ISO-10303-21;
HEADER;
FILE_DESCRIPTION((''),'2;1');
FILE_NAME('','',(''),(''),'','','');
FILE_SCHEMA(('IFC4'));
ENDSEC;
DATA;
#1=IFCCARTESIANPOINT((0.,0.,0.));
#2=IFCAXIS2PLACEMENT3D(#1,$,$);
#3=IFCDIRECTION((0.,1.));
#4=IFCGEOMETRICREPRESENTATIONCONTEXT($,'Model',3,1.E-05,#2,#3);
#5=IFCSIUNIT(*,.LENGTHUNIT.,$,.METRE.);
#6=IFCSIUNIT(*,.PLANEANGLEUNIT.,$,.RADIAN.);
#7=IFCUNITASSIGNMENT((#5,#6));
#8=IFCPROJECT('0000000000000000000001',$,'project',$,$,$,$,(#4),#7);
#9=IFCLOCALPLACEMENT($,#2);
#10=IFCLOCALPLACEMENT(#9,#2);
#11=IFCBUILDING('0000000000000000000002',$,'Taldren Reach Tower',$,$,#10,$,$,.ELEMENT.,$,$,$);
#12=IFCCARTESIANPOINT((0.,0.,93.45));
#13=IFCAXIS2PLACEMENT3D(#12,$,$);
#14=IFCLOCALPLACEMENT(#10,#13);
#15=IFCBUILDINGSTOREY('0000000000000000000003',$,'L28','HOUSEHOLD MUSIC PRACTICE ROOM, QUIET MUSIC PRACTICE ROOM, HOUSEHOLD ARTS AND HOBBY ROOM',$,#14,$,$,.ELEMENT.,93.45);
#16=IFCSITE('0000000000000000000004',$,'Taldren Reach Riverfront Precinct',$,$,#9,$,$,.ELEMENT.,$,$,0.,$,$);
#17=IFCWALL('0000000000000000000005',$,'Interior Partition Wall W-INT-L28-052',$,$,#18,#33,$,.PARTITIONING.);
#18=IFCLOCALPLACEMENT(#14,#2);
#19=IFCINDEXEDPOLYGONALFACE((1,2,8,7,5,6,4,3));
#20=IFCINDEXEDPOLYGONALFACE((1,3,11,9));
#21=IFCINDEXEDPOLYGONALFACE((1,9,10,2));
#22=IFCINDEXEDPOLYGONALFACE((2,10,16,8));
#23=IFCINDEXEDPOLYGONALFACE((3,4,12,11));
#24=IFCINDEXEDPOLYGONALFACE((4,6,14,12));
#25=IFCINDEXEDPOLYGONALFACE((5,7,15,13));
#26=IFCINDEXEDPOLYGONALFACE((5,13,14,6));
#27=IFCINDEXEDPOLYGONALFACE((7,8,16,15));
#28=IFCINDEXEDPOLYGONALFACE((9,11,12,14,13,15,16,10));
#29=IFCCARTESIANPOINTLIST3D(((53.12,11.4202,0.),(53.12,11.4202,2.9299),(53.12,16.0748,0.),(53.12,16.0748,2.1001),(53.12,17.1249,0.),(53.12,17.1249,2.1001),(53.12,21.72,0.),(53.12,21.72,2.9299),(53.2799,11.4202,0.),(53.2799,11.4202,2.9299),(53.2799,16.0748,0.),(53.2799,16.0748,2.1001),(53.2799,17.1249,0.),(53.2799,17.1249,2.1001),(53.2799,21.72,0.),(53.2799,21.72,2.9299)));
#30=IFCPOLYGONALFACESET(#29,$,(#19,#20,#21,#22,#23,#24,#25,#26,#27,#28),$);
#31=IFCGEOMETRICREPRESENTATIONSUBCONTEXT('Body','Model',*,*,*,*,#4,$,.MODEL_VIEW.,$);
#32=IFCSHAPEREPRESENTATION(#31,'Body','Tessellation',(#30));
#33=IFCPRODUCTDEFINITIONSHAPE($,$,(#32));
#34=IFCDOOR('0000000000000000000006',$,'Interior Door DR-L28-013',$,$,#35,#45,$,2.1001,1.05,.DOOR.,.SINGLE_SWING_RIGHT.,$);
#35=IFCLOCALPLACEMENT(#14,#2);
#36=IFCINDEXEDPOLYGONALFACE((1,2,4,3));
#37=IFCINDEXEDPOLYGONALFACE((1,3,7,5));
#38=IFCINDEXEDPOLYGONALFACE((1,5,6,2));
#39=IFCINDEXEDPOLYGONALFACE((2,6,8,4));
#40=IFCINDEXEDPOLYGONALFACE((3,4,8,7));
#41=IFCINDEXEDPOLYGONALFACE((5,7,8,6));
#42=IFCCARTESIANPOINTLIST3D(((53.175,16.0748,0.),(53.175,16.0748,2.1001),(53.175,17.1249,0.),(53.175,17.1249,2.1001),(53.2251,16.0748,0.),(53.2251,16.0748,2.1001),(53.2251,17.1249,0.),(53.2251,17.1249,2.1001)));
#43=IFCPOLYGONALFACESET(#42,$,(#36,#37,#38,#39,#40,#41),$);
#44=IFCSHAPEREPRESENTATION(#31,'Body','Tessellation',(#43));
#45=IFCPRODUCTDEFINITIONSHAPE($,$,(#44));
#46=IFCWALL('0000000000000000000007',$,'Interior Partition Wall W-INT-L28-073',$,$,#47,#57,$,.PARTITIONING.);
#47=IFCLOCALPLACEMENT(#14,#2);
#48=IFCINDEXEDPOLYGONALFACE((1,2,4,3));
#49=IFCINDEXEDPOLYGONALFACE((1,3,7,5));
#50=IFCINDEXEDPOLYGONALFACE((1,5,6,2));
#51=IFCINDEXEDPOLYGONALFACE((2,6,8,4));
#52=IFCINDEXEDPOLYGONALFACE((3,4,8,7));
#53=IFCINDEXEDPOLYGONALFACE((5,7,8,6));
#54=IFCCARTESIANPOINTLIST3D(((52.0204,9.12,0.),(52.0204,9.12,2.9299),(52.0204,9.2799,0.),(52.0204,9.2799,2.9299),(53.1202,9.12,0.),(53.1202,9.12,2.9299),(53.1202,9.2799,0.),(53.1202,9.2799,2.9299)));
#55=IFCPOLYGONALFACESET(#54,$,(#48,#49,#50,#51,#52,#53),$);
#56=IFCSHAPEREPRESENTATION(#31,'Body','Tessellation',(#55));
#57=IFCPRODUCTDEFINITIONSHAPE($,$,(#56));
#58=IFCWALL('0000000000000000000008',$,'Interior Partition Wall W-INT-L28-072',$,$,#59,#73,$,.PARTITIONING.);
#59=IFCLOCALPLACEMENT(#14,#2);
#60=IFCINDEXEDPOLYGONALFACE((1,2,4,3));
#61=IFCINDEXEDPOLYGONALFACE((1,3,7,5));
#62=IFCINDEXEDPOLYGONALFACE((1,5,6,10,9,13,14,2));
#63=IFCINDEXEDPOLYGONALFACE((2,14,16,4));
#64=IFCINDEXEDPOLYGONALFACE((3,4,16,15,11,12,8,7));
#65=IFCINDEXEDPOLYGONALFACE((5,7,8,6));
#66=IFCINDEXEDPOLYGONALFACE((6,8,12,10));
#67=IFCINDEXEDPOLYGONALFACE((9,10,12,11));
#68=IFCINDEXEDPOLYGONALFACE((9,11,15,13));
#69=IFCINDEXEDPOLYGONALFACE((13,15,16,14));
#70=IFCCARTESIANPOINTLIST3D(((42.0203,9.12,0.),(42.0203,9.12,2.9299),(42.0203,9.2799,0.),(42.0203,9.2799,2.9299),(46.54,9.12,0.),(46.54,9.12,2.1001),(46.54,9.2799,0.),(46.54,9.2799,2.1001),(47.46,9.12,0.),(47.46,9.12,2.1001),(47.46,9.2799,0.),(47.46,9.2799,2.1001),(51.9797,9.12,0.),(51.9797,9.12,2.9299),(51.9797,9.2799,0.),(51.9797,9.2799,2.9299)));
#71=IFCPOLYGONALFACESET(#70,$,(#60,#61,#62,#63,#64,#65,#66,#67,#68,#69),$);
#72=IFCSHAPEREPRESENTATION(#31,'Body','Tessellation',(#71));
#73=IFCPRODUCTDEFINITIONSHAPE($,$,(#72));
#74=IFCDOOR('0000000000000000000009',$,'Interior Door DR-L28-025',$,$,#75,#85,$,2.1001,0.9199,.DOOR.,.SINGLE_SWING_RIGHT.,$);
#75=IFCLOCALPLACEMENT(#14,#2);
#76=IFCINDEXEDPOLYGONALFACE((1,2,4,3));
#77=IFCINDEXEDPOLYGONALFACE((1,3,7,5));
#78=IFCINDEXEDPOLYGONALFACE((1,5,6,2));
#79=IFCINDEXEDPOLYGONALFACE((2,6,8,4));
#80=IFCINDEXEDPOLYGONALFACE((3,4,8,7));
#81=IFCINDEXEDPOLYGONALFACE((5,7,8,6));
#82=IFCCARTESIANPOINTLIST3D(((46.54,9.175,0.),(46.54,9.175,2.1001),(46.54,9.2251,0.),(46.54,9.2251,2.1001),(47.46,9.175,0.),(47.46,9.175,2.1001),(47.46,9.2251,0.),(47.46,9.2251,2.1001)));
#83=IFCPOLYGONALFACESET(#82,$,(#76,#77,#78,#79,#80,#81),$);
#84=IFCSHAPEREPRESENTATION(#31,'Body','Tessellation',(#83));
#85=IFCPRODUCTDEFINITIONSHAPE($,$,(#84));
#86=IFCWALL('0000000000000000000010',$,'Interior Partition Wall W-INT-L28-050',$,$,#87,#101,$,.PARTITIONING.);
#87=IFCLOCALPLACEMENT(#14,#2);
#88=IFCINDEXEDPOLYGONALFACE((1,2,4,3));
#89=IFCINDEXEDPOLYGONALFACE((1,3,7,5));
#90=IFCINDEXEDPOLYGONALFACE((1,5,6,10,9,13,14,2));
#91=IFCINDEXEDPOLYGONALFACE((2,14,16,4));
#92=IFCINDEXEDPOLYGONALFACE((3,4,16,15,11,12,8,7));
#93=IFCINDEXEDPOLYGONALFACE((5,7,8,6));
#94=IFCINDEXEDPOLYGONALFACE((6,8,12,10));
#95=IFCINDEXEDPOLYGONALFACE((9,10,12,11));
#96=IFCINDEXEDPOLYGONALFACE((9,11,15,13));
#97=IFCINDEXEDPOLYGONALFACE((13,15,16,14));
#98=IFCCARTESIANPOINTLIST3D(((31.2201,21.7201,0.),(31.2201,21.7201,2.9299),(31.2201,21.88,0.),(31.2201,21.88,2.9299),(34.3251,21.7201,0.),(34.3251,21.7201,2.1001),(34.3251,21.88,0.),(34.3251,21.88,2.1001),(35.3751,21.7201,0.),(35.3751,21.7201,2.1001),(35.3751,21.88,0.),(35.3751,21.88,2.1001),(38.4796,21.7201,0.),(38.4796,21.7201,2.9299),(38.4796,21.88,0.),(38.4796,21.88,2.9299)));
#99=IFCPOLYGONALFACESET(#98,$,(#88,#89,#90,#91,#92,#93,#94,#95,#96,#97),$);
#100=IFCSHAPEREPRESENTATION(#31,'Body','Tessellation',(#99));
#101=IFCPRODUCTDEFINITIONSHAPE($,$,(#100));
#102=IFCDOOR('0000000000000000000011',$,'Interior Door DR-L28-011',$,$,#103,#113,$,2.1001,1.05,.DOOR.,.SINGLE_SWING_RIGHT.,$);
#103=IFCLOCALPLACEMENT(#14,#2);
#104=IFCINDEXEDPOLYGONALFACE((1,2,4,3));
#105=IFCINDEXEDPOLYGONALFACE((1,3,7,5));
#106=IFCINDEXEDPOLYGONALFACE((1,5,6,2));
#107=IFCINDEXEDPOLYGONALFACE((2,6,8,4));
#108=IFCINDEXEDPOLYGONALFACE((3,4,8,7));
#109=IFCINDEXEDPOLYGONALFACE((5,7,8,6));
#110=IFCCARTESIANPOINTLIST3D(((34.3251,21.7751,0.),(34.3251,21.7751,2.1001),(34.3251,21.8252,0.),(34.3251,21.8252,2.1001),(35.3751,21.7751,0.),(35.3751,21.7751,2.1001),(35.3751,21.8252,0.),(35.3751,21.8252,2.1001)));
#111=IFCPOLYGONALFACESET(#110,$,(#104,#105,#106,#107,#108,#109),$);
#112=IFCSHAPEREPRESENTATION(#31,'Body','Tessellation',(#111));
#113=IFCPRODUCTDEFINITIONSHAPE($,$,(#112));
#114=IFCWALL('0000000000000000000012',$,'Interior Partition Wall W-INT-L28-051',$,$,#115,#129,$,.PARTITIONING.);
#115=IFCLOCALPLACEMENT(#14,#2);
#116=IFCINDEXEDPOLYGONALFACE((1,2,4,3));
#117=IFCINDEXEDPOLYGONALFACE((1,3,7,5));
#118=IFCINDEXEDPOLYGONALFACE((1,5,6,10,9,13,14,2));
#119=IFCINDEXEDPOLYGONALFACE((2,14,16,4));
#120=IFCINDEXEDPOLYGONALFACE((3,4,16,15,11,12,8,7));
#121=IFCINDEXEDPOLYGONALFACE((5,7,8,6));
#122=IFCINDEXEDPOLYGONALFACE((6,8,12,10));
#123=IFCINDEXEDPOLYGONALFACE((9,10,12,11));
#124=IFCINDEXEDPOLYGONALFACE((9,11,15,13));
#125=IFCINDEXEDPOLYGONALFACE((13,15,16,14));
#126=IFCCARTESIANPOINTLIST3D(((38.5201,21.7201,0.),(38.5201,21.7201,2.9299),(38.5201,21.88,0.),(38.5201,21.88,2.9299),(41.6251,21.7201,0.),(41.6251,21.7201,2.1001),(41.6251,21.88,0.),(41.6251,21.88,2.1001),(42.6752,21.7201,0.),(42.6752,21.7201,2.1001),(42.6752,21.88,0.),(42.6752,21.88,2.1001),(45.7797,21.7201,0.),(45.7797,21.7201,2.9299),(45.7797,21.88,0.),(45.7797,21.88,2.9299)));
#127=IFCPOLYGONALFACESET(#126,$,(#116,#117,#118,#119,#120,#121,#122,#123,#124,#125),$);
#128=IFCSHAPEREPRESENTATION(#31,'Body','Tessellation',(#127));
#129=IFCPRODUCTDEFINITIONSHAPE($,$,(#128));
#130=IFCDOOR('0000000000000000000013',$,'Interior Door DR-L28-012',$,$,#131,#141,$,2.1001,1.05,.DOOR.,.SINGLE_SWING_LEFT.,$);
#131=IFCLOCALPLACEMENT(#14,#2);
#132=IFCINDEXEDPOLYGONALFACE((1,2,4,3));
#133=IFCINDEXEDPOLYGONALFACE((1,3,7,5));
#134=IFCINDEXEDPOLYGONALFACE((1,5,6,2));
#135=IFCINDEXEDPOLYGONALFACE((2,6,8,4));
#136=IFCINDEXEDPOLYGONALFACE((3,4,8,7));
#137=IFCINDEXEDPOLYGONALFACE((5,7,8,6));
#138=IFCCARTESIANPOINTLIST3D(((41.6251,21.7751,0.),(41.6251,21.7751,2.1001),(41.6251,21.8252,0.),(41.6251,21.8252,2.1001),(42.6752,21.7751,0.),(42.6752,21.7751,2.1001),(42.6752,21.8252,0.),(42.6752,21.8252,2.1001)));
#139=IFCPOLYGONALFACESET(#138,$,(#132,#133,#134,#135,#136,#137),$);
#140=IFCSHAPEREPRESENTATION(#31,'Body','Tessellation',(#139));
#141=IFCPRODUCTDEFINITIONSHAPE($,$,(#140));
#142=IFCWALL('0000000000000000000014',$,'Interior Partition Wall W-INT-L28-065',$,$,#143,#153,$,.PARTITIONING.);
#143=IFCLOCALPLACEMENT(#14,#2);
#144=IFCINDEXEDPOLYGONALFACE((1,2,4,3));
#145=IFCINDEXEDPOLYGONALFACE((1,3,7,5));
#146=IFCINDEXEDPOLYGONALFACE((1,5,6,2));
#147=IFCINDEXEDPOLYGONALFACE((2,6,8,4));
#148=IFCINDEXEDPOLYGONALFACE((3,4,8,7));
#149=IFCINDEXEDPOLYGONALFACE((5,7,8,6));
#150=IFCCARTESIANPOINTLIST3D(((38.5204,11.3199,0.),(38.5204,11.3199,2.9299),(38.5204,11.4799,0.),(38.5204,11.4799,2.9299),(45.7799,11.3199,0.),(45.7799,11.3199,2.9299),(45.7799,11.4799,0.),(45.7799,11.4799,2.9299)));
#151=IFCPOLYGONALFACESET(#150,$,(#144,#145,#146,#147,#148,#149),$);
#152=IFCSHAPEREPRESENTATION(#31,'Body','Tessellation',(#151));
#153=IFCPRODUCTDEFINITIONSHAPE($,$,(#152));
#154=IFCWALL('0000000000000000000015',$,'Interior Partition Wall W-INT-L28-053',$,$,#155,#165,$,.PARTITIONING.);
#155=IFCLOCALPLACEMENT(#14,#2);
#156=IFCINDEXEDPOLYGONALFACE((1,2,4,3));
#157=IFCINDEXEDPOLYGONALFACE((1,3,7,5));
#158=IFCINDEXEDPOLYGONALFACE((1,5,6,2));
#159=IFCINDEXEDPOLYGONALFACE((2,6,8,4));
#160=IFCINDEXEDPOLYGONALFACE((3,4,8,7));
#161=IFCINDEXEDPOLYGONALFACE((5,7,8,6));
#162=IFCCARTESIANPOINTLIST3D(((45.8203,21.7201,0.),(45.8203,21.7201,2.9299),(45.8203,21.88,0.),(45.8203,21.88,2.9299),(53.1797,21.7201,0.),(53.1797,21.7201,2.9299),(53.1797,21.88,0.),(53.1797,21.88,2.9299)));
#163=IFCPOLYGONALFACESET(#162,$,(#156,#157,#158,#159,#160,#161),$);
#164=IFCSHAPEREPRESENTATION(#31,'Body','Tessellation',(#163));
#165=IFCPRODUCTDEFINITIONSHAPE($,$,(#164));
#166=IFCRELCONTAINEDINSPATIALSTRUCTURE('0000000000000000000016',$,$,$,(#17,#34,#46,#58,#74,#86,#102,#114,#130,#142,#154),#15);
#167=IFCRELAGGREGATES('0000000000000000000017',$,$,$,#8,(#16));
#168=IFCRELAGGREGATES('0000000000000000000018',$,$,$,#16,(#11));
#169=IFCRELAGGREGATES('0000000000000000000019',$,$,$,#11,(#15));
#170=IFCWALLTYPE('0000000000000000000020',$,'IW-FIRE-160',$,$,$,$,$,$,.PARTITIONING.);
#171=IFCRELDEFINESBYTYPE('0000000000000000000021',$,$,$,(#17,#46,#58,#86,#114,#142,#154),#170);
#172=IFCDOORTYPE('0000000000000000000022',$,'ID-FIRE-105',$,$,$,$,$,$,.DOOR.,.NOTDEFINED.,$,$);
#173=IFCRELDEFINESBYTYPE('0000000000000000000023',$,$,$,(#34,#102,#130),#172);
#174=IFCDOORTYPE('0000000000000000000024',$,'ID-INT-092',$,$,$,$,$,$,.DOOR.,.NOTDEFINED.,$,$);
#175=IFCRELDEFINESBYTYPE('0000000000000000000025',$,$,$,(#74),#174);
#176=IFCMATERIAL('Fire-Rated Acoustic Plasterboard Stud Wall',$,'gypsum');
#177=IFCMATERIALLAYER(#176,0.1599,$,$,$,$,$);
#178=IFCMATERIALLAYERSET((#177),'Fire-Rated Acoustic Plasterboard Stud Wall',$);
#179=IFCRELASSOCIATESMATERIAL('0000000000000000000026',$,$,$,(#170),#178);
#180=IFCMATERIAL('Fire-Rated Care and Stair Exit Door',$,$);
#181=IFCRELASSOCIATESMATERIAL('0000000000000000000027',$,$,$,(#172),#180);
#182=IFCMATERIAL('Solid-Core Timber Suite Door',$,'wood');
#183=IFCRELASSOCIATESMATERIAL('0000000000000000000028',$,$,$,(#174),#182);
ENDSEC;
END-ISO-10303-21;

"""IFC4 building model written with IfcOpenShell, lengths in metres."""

from ifc_helpers import new_model, si_unit, direction, frame, frame_2d, origin, place, context, subcontext, project, spatial, rectangle, extrude, source, transform, mapped, material, layer, layer_set, type_object, element, fill, save


model = new_model("IFC4")

# Units and contexts
model_context = context("Model", 3, precision=1e-05, world=origin(), true_north=direction((0.0, 1.0)))
body_context = subcontext(model_context, "Body", "Model", "MODEL_VIEW")
ifc_project = project(units=[si_unit("LENGTHUNIT", "METRE"), si_unit("PLANEANGLEUNIT", "RADIAN")], contexts=[model_context])

# Site, building, storey
site_placement = place(None, origin())
site = spatial("IfcSite", under=ifc_project, at=site_placement, Name="Taldren Reach Riverfront Precinct", CompositionType="ELEMENT", RefElevation=0.0)
building_placement = place(site_placement, origin())
building = spatial("IfcBuilding", under=site, at=building_placement, Name="Taldren Reach Tower", CompositionType="ELEMENT")
storey_placement = place(building_placement, frame((0.0, 0.0, 93.45)))
storey = spatial("IfcBuildingStorey", under=building, at=storey_placement, Name="L28", Description="HOUSEHOLD MUSIC PRACTICE ROOM, QUIET MUSIC PRACTICE ROOM, HOUSEHOLD ARTS AND HOBBY ROOM", CompositionType="ELEMENT", Elevation=93.45)

# Wall, opening, door
ifc_material_1 = material(Name="Fire-Rated Acoustic Plasterboard Stud Wall", Category="gypsum")
ifc_layer_1 = layer(ifc_material_1, 0.1599)
ifc_layer_set_1 = layer_set([ifc_layer_1], Name="Fire-Rated Acoustic Plasterboard Stud Wall")
wall_type_1 = type_object("IfcWallType", Name="IW-FIRE-160", PredefinedType="PARTITIONING", material=ifc_layer_set_1)
shared_shape_1 = source(origin(), body_context, "Body", "SweptSolid", [
    extrude(rectangle(XDim=10.2998, YDim=0.1599, at=frame_2d((5.1499, 0.0))), origin(), (0.0, 0.0, 1.0), 2.9299),
])
wall_1_placement = place(storey_placement, frame((53.2, 11.4202, 0.0), z_axis=(0.0, 0.0, 1.0), x_axis=(0.0, 1.0, 0.0)))
wall_1 = element("IfcWall", 1, at=wall_1_placement, inside=storey, type_object=wall_type_1, Name="Interior Partition Wall W-INT-L28-052", PredefinedType="PARTITIONING", context=body_context, shape_type="MappedRepresentation", body=[
    mapped(shared_shape_1, transform((0.0, 0.0, 0.0), scale=1.0)),
])
shared_shape_2 = source(origin(), body_context, "Body", "SweptSolid", [
    extrude(rectangle(XDim=1.05, YDim=2.1001, at=frame_2d((0.5249, 1.05))), frame((0.0, 0.0898, 0.0), z_axis=(0.0, -1.0, 0.0), x_axis=(1.0, 0.0, 0.0)), (0.0, 0.0, 1.0), 0.1799),
])
opening_1_placement = place(wall_1_placement, frame((4.6548, 0.0, 0.0)))
opening_1 = element("IfcOpeningElement", 2, at=opening_1_placement, cuts=wall_1, PredefinedType="OPENING", context=body_context, shape_type="MappedRepresentation", body=[
    mapped(shared_shape_2, transform((0.0, 0.0, 0.0), scale=1.0)),
])
ifc_material_2 = material(Name="Fire-Rated Care and Stair Exit Door")
door_type_1 = type_object("IfcDoorType", Name="ID-FIRE-105", OperationType="NOTDEFINED", PredefinedType="DOOR", material=ifc_material_2)
shared_shape_3 = source(origin(), body_context, "Body", "SweptSolid", [
    extrude(rectangle(XDim=1.05, YDim=2.1001, at=frame_2d((0.5249, 1.05))), frame((0.0, 0.0249, 0.0), z_axis=(0.0, -1.0, 0.0), x_axis=(1.0, 0.0, 0.0)), (0.0, 0.0, 1.0), 0.05),
])
door_1_placement = place(opening_1_placement, origin())
door_1 = element("IfcDoor", 3, at=door_1_placement, inside=storey, type_object=door_type_1, Name="Interior Door DR-L28-013", OperationType="SINGLE_SWING_RIGHT", OverallHeight=2.1001, OverallWidth=1.05, PredefinedType="DOOR", context=body_context, shape_type="MappedRepresentation", body=[
    mapped(shared_shape_3, transform((0.0, 0.0, 0.0), scale=1.0)),
])
fill(opening_1, door_1)

# Wall
shared_shape_4 = source(origin(), body_context, "Body", "SweptSolid", [
    extrude(rectangle(XDim=1.0999, YDim=0.1599, at=frame_2d((0.5498, 0.0))), origin(), (0.0, 0.0, 1.0), 2.9299),
])
wall_2_placement = place(storey_placement, frame((53.1201, 9.2, 0.0), z_axis=(0.0, 0.0, 1.0), x_axis=(-1.0, 0.0, 0.0)))
element("IfcWall", 4, at=wall_2_placement, inside=storey, type_object=wall_type_1, Name="Interior Partition Wall W-INT-L28-073", PredefinedType="PARTITIONING", context=body_context, shape_type="MappedRepresentation", body=[
    mapped(shared_shape_4, transform((0.0, 0.0, 0.0), scale=1.0)),
])

# Walls, openings, doors
shared_shape_5 = source(origin(), body_context, "Body", "SweptSolid", [
    extrude(rectangle(XDim=9.9595, YDim=0.1599, at=frame_2d((4.9797, 0.0))), origin(), (0.0, 0.0, 1.0), 2.9299),
])
wall_3_placement = place(storey_placement, frame((51.9797, 9.2, 0.0), z_axis=(0.0, 0.0, 1.0), x_axis=(-1.0, 0.0, 0.0)))
wall_3 = element("IfcWall", 5, at=wall_3_placement, inside=storey, type_object=wall_type_1, Name="Interior Partition Wall W-INT-L28-072", PredefinedType="PARTITIONING", context=body_context, shape_type="MappedRepresentation", body=[
    mapped(shared_shape_5, transform((0.0, 0.0, 0.0), scale=1.0)),
])
shared_shape_6 = source(origin(), body_context, "Body", "SweptSolid", [
    extrude(rectangle(XDim=0.9199, YDim=2.1001, at=frame_2d((0.46, 1.05))), frame((0.0, 0.0898, 0.0), z_axis=(0.0, -1.0, 0.0), x_axis=(1.0, 0.0, 0.0)), (0.0, 0.0, 1.0), 0.1799),
])
opening_2_placement = place(wall_3_placement, frame((4.5198, 0.0, 0.0)))
opening_2 = element("IfcOpeningElement", 6, at=opening_2_placement, cuts=wall_3, PredefinedType="OPENING", context=body_context, shape_type="MappedRepresentation", body=[
    mapped(shared_shape_6, transform((0.0, 0.0, 0.0), scale=1.0)),
])
ifc_material_3 = material(Name="Solid-Core Timber Suite Door", Category="wood")
door_type_2 = type_object("IfcDoorType", Name="ID-INT-092", OperationType="NOTDEFINED", PredefinedType="DOOR", material=ifc_material_3)
shared_shape_7 = source(origin(), body_context, "Body", "SweptSolid", [
    extrude(rectangle(XDim=0.9199, YDim=2.1001, at=frame_2d((0.46, 1.05))), frame((0.0, 0.0249, 0.0), z_axis=(0.0, -1.0, 0.0), x_axis=(1.0, 0.0, 0.0)), (0.0, 0.0, 1.0), 0.05),
])
door_2_placement = place(opening_2_placement, origin())
door_2 = element("IfcDoor", 7, at=door_2_placement, inside=storey, type_object=door_type_2, Name="Interior Door DR-L28-025", OperationType="SINGLE_SWING_RIGHT", OverallHeight=2.1001, OverallWidth=0.9199, PredefinedType="DOOR", context=body_context, shape_type="MappedRepresentation", body=[
    mapped(shared_shape_7, transform((0.0, 0.0, 0.0), scale=1.0)),
])
fill(opening_2, door_2)
shared_shape_8 = source(origin(), body_context, "Body", "SweptSolid", [
    extrude(rectangle(XDim=7.2595, YDim=0.1599, at=frame_2d((3.6299, 0.0))), origin(), (0.0, 0.0, 1.0), 2.9299),
])
wall_4_placement = place(storey_placement, frame((38.4797, 21.8, 0.0), z_axis=(0.0, 0.0, 1.0), x_axis=(-1.0, 0.0, 0.0)))
wall_4 = element("IfcWall", 8, at=wall_4_placement, inside=storey, type_object=wall_type_1, Name="Interior Partition Wall W-INT-L28-050", PredefinedType="PARTITIONING", context=body_context, shape_type="MappedRepresentation", body=[
    mapped(shared_shape_8, transform((0.0, 0.0, 0.0), scale=1.0)),
])
opening_3_placement = place(wall_4_placement, frame((3.1047, 0.0, 0.0)))
opening_3 = element("IfcOpeningElement", 9, at=opening_3_placement, cuts=wall_4, PredefinedType="OPENING", context=body_context, shape_type="MappedRepresentation", body=[
    mapped(shared_shape_2, transform((0.0, 0.0, 0.0), scale=1.0)),
])
door_3_placement = place(opening_3_placement, origin())
door_3 = element("IfcDoor", 10, at=door_3_placement, inside=storey, type_object=door_type_1, Name="Interior Door DR-L28-011", OperationType="SINGLE_SWING_RIGHT", OverallHeight=2.1001, OverallWidth=1.05, PredefinedType="DOOR", context=body_context, shape_type="MappedRepresentation", body=[
    mapped(shared_shape_3, transform((0.0, 0.0, 0.0), scale=1.0)),
])
fill(opening_3, door_3)
wall_5_placement = place(storey_placement, frame((45.7798, 21.8, 0.0), z_axis=(0.0, 0.0, 1.0), x_axis=(-1.0, 0.0, 0.0)))
wall_5 = element("IfcWall", 11, at=wall_5_placement, inside=storey, type_object=wall_type_1, Name="Interior Partition Wall W-INT-L28-051", PredefinedType="PARTITIONING", context=body_context, shape_type="MappedRepresentation", body=[
    mapped(shared_shape_8, transform((0.0, 0.0, 0.0), scale=1.0)),
])
opening_4_placement = place(wall_5_placement, frame((3.1047, 0.0, 0.0)))
opening_4 = element("IfcOpeningElement", 12, at=opening_4_placement, cuts=wall_5, PredefinedType="OPENING", context=body_context, shape_type="MappedRepresentation", body=[
    mapped(shared_shape_2, transform((0.0, 0.0, 0.0), scale=1.0)),
])
door_4_placement = place(opening_4_placement, origin())
door_4 = element("IfcDoor", 13, at=door_4_placement, inside=storey, type_object=door_type_1, Name="Interior Door DR-L28-012", OperationType="SINGLE_SWING_LEFT", OverallHeight=2.1001, OverallWidth=1.05, PredefinedType="DOOR", context=body_context, shape_type="MappedRepresentation", body=[
    mapped(shared_shape_3, transform((0.0, 0.0, 0.0), scale=1.0)),
])
fill(opening_4, door_4)

# Walls
wall_6_placement = place(storey_placement, frame((38.5203, 11.3999, 0.0), z_axis=(0.0, 0.0, 1.0), x_axis=(1.0, 0.0, 0.0)))
element("IfcWall", 14, at=wall_6_placement, inside=storey, type_object=wall_type_1, Name="Interior Partition Wall W-INT-L28-065", PredefinedType="PARTITIONING", context=body_context, shape_type="MappedRepresentation", body=[
    mapped(shared_shape_8, transform((0.0, 0.0, 0.0), scale=1.0)),
])
shared_shape_9 = source(origin(), body_context, "Body", "SweptSolid", [
    extrude(rectangle(XDim=7.3594, YDim=0.1599, at=frame_2d((3.6797, 0.0))), origin(), (0.0, 0.0, 1.0), 2.9299),
])
wall_7_placement = place(storey_placement, frame((53.1797, 21.8, 0.0), z_axis=(0.0, 0.0, 1.0), x_axis=(-1.0, 0.0, 0.0)))
element("IfcWall", 15, at=wall_7_placement, inside=storey, type_object=wall_type_1, Name="Interior Partition Wall W-INT-L28-053", PredefinedType="PARTITIONING", context=body_context, shape_type="MappedRepresentation", body=[
    mapped(shared_shape_9, transform((0.0, 0.0, 0.0), scale=1.0)),
])

save(model, "model.ifc")
